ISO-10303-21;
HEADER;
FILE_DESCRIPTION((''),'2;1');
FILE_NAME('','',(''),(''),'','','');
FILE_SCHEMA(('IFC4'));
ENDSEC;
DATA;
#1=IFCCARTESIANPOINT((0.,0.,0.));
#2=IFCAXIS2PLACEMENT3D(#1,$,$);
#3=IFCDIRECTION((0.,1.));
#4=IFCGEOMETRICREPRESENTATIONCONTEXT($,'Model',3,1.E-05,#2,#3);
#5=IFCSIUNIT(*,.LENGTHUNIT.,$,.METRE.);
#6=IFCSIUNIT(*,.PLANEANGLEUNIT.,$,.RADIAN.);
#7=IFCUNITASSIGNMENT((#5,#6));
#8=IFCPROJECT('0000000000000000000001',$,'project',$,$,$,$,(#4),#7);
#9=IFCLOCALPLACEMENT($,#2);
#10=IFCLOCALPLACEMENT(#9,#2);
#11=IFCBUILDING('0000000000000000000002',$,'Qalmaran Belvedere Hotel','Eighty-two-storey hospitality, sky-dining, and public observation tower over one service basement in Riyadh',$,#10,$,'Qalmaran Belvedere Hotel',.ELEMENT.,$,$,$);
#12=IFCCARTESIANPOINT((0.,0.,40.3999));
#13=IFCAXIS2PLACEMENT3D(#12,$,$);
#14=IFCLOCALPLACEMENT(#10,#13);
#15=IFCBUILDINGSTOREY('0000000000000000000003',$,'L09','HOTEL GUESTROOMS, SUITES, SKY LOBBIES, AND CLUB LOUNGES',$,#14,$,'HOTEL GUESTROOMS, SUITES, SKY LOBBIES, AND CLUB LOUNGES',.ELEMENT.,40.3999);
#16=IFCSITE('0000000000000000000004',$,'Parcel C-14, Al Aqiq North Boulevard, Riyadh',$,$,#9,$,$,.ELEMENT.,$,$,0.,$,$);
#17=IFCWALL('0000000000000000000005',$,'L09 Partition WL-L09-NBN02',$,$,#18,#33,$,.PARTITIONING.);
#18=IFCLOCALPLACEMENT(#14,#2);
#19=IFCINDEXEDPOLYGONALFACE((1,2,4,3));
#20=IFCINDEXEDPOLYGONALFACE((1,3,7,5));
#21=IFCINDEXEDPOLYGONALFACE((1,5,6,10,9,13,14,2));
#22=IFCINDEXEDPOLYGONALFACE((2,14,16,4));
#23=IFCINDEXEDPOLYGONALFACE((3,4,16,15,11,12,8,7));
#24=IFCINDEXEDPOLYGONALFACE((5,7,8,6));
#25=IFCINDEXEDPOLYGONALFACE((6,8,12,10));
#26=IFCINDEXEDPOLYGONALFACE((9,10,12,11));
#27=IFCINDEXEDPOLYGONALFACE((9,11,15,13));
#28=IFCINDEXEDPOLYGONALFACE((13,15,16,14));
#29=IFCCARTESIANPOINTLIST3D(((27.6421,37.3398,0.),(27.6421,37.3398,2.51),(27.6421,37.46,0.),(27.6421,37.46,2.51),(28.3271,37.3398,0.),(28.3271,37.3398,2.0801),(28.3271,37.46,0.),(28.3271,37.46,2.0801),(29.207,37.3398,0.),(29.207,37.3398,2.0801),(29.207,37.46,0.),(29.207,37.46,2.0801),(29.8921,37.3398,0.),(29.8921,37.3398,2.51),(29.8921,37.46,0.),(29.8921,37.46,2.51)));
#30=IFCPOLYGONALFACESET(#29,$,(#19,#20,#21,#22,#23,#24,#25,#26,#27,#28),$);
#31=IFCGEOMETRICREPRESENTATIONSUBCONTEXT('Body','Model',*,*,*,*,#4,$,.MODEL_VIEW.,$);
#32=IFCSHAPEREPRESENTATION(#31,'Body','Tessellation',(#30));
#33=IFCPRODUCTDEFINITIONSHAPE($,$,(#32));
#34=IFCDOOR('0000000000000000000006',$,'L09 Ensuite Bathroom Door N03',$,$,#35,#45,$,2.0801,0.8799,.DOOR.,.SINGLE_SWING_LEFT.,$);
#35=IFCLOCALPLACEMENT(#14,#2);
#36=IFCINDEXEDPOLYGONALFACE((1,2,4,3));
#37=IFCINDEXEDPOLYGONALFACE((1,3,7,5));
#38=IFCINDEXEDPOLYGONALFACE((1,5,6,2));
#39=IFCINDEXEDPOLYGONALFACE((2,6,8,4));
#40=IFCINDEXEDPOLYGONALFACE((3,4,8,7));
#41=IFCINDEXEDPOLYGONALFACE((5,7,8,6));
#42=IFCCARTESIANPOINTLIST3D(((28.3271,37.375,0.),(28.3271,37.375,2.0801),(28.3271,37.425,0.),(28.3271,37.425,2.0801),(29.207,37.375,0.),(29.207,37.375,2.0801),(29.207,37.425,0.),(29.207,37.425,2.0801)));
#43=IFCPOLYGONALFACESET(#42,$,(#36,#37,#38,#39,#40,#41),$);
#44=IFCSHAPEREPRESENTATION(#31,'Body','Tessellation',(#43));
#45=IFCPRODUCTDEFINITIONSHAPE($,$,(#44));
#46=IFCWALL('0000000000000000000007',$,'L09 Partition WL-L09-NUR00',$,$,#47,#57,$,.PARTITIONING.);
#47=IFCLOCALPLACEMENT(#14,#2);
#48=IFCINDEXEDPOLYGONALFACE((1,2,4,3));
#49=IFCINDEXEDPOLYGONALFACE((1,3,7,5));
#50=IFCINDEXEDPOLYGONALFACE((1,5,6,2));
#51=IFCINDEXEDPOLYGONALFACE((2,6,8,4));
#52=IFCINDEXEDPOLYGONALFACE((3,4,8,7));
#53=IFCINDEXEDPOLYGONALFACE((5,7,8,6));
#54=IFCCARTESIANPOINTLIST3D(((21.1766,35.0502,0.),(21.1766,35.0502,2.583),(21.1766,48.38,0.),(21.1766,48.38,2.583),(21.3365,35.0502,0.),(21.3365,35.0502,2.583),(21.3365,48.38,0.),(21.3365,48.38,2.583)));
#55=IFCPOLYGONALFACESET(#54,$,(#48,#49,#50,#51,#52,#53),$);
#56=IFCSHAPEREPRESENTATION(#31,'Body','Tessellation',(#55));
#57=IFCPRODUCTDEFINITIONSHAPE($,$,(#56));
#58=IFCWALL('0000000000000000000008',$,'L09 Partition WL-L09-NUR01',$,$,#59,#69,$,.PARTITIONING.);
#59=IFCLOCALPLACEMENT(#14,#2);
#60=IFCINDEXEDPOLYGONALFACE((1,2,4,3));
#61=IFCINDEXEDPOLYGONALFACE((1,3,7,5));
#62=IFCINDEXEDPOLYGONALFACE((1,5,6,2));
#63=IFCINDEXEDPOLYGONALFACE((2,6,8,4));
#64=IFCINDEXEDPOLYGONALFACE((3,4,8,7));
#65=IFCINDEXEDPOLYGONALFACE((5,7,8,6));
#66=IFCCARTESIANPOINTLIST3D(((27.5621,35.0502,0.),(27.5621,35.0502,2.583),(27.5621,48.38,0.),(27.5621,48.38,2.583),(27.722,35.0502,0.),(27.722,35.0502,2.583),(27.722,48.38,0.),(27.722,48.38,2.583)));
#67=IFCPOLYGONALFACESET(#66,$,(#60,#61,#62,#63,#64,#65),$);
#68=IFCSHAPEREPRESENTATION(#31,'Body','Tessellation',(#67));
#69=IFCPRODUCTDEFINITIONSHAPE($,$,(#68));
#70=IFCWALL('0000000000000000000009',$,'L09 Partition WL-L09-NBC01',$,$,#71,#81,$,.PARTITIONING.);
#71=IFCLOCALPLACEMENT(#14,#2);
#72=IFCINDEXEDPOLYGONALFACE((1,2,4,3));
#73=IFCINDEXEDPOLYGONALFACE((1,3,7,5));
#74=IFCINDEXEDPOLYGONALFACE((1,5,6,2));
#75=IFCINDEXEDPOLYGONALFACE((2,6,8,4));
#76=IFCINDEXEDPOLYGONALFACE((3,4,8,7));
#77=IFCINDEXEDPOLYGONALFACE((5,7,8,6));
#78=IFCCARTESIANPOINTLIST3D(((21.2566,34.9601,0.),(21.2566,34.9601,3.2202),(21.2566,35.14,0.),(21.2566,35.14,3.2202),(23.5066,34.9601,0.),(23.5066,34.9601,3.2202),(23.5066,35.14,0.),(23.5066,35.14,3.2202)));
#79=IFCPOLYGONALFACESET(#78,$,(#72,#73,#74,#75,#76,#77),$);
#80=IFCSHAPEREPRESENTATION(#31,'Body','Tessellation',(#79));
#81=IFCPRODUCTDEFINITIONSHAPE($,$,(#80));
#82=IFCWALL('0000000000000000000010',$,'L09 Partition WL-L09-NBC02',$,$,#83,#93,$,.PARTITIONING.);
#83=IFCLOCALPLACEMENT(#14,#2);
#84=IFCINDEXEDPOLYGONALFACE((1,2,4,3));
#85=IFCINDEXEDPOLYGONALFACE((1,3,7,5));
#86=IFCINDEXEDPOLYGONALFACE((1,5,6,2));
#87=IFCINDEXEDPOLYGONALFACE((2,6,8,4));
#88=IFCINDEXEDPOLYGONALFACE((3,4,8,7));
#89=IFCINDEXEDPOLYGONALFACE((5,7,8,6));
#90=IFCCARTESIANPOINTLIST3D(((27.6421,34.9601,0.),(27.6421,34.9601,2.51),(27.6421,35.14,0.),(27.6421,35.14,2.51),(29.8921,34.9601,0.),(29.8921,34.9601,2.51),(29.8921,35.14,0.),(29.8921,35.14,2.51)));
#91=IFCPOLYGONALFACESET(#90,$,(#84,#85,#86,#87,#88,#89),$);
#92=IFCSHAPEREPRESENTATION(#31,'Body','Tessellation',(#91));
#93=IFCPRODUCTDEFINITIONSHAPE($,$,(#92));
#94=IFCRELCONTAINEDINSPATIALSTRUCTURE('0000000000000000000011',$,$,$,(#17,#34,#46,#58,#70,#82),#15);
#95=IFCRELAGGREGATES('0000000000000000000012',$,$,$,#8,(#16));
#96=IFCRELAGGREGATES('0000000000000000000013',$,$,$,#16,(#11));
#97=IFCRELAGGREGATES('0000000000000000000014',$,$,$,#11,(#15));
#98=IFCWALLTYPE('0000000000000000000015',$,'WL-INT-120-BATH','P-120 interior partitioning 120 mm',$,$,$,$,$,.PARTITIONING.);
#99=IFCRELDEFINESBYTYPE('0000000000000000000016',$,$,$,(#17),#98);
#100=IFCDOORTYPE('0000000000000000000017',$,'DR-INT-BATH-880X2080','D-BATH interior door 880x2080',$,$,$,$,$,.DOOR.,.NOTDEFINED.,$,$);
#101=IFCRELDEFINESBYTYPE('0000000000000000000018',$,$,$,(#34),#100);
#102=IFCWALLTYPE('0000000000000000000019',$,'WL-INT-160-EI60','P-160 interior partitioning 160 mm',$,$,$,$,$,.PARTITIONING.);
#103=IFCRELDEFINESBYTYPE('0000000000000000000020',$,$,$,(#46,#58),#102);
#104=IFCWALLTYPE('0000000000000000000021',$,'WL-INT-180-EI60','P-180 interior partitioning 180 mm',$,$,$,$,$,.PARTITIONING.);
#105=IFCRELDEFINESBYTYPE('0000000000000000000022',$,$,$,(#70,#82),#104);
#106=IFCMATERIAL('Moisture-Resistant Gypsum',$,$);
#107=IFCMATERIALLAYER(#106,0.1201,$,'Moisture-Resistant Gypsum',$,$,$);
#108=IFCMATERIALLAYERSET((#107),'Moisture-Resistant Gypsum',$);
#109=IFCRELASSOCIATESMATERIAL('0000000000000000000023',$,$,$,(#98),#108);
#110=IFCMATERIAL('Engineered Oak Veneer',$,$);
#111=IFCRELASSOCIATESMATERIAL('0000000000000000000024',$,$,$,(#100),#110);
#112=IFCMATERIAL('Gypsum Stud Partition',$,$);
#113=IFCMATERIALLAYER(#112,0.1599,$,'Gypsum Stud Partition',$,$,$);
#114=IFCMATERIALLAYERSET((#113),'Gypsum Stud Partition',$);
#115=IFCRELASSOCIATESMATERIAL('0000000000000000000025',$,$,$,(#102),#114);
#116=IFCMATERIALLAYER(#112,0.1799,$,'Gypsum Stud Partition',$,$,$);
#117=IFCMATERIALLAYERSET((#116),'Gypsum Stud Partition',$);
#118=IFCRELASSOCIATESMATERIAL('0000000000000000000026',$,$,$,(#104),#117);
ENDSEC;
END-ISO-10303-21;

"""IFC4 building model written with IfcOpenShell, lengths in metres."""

from ifc_helpers import new_model, si_unit, direction, frame, frame_2d, origin, place, context, subcontext, project, spatial, rectangle, extrude, material, layer, layer_set, type_object, element, fill, save


model = new_model("IFC4")

# Units and contexts
model_context = context("Model", 3, precision=1e-05, world=origin(), true_north=direction((0.0, 1.0)))
body_context = subcontext(model_context, "Body", "Model", "MODEL_VIEW")
ifc_project = project(units=[si_unit("LENGTHUNIT", "METRE"), si_unit("PLANEANGLEUNIT", "RADIAN")], contexts=[model_context])

# Site, building, storey
site_placement = place(None, origin())
site = spatial("IfcSite", under=ifc_project, at=site_placement, Name="Parcel C-14, Al Aqiq North Boulevard, Riyadh", CompositionType="ELEMENT", RefElevation=0.0)
building_placement = place(site_placement, origin())
building = spatial("IfcBuilding", under=site, at=building_placement, Name="Qalmaran Belvedere Hotel", Description="Eighty-two-storey hospitality, sky-dining, and public observation tower over one service basement in Riyadh", LongName="Qalmaran Belvedere Hotel", CompositionType="ELEMENT")
storey_placement = place(building_placement, frame((0.0, 0.0, 40.3999)))
storey = spatial("IfcBuildingStorey", under=building, at=storey_placement, Name="L09", Description="HOTEL GUESTROOMS, SUITES, SKY LOBBIES, AND CLUB LOUNGES", LongName="HOTEL GUESTROOMS, SUITES, SKY LOBBIES, AND CLUB LOUNGES", CompositionType="ELEMENT", Elevation=40.3999)

# Shared definitions
ifc_material_1 = material(Name="Moisture-Resistant Gypsum")
ifc_layer_1 = layer(ifc_material_1, 0.1201, Name="Moisture-Resistant Gypsum")
ifc_layer_set_1 = layer_set([ifc_layer_1], Name="Moisture-Resistant Gypsum")
wall_type_1 = type_object("IfcWallType", Name="WL-INT-120-BATH", Description="P-120 interior partitioning 120 mm", PredefinedType="PARTITIONING", material=ifc_layer_set_1)
ifc_material_2 = material(Name="Engineered Oak Veneer")
door_type_1 = type_object("IfcDoorType", Name="DR-INT-BATH-880X2080", Description="D-BATH interior door 880x2080", OperationType="NOTDEFINED", PredefinedType="DOOR", material=ifc_material_2)

# Wall, opening, door
wall_1_placement = place(storey_placement, frame((27.6421, 37.3999, 0.0), z_axis=(0.0, 0.0, 1.0), x_axis=(1.0, 0.0, 0.0)))
wall_1 = element("IfcWall", 1, at=wall_1_placement, inside=storey, type_object=wall_type_1, Name="L09 Partition WL-L09-NBN02", PredefinedType="PARTITIONING", context=body_context, shape_type="SweptSolid", body=[
    extrude(rectangle(XDim=2.25, YDim=0.1201, at=frame_2d((1.125, 0.0))), origin(), (0.0, 0.0, 1.0), 2.51),
])
opening_1_placement = place(wall_1_placement, frame((1.5649, 0.0, 0.0), z_axis=(0.0, 0.0, 1.0), x_axis=(-1.0, 0.0, 0.0)))
opening_1 = element("IfcOpeningElement", 2, at=opening_1_placement, cuts=wall_1, PredefinedType="OPENING", context=body_context, shape_type="SweptSolid", body=[
    extrude(rectangle(XDim=0.8799, YDim=2.0801, at=frame_2d((0.4399, 1.04))), frame((0.0, 0.0701, 0.0), z_axis=(0.0, -1.0, 0.0), x_axis=(1.0, 0.0, 0.0)), (0.0, 0.0, 1.0), 0.1401),
])
door_1_placement = place(opening_1_placement, origin())
door_1 = element("IfcDoor", 3, at=door_1_placement, inside=storey, type_object=door_type_1, Name="L09 Ensuite Bathroom Door N03", OperationType="SINGLE_SWING_LEFT", OverallHeight=2.0801, OverallWidth=0.8799, PredefinedType="DOOR", context=body_context, shape_type="SweptSolid", body=[
    extrude(rectangle(XDim=0.8799, YDim=2.0801, at=frame_2d((0.4399, 1.04))), frame((0.0, 0.0249, 0.0), z_axis=(0.0, -1.0, 0.0), x_axis=(1.0, 0.0, 0.0)), (0.0, 0.0, 1.0), 0.05),
])
fill(opening_1, door_1)

# Walls
ifc_material_3 = material(Name="Gypsum Stud Partition")
ifc_layer_2 = layer(ifc_material_3, 0.1599, Name="Gypsum Stud Partition")
ifc_layer_set_2 = layer_set([ifc_layer_2], Name="Gypsum Stud Partition")
wall_type_2 = type_object("IfcWallType", Name="WL-INT-160-EI60", Description="P-160 interior partitioning 160 mm", PredefinedType="PARTITIONING", material=ifc_layer_set_2)
for number, where, z_axis, x_axis, name in (
    (4, (21.2566, 35.05, 0.0), (0.0, 0.0, 1.0), (0.0, 1.0, 0.0), "L09 Partition WL-L09-NUR00"),
    (5, (27.6421, 35.05, 0.0), (0.0, 0.0, 1.0), (0.0, 1.0, 0.0), "L09 Partition WL-L09-NUR01"),
):
    element("IfcWall", number, at=place(storey_placement, frame(where, z_axis=z_axis, x_axis=x_axis)), inside=storey, type_object=wall_type_2, Name=name, PredefinedType="PARTITIONING", context=body_context, shape_type="SweptSolid", body=[
        extrude(rectangle(XDim=13.3298, YDim=0.1599, at=frame_2d((6.665, 0.0))), origin(), (0.0, 0.0, 1.0), 2.583),
    ])
ifc_layer_3 = layer(ifc_material_3, 0.1799, Name="Gypsum Stud Partition")
ifc_layer_set_3 = layer_set([ifc_layer_3], Name="Gypsum Stud Partition")
wall_type_3 = type_object("IfcWallType", Name="WL-INT-180-EI60", Description="P-180 interior partitioning 180 mm", PredefinedType="PARTITIONING", material=ifc_layer_set_3)
wall_2_placement = place(storey_placement, frame((21.2566, 35.05, 0.0), z_axis=(0.0, 0.0, 1.0), x_axis=(1.0, 0.0, 0.0)))
element("IfcWall", 6, at=wall_2_placement, inside=storey, type_object=wall_type_3, Name="L09 Partition WL-L09-NBC01", PredefinedType="PARTITIONING", context=body_context, shape_type="SweptSolid", body=[
    extrude(rectangle(XDim=2.25, YDim=0.1799, at=frame_2d((1.125, 0.0))), origin(), (0.0, 0.0, 1.0), 3.2202),
])

# Wall
wall_3_placement = place(storey_placement, frame((27.6421, 35.05, 0.0), z_axis=(0.0, 0.0, 1.0), x_axis=(1.0, 0.0, 0.0)))
element("IfcWall", 7, at=wall_3_placement, inside=storey, type_object=wall_type_3, Name="L09 Partition WL-L09-NBC02", PredefinedType="PARTITIONING", context=body_context, shape_type="SweptSolid", body=[
    extrude(rectangle(XDim=2.25, YDim=0.1799, at=frame_2d((1.125, 0.0))), origin(), (0.0, 0.0, 1.0), 2.51),
])

save(model, "model.ifc")
